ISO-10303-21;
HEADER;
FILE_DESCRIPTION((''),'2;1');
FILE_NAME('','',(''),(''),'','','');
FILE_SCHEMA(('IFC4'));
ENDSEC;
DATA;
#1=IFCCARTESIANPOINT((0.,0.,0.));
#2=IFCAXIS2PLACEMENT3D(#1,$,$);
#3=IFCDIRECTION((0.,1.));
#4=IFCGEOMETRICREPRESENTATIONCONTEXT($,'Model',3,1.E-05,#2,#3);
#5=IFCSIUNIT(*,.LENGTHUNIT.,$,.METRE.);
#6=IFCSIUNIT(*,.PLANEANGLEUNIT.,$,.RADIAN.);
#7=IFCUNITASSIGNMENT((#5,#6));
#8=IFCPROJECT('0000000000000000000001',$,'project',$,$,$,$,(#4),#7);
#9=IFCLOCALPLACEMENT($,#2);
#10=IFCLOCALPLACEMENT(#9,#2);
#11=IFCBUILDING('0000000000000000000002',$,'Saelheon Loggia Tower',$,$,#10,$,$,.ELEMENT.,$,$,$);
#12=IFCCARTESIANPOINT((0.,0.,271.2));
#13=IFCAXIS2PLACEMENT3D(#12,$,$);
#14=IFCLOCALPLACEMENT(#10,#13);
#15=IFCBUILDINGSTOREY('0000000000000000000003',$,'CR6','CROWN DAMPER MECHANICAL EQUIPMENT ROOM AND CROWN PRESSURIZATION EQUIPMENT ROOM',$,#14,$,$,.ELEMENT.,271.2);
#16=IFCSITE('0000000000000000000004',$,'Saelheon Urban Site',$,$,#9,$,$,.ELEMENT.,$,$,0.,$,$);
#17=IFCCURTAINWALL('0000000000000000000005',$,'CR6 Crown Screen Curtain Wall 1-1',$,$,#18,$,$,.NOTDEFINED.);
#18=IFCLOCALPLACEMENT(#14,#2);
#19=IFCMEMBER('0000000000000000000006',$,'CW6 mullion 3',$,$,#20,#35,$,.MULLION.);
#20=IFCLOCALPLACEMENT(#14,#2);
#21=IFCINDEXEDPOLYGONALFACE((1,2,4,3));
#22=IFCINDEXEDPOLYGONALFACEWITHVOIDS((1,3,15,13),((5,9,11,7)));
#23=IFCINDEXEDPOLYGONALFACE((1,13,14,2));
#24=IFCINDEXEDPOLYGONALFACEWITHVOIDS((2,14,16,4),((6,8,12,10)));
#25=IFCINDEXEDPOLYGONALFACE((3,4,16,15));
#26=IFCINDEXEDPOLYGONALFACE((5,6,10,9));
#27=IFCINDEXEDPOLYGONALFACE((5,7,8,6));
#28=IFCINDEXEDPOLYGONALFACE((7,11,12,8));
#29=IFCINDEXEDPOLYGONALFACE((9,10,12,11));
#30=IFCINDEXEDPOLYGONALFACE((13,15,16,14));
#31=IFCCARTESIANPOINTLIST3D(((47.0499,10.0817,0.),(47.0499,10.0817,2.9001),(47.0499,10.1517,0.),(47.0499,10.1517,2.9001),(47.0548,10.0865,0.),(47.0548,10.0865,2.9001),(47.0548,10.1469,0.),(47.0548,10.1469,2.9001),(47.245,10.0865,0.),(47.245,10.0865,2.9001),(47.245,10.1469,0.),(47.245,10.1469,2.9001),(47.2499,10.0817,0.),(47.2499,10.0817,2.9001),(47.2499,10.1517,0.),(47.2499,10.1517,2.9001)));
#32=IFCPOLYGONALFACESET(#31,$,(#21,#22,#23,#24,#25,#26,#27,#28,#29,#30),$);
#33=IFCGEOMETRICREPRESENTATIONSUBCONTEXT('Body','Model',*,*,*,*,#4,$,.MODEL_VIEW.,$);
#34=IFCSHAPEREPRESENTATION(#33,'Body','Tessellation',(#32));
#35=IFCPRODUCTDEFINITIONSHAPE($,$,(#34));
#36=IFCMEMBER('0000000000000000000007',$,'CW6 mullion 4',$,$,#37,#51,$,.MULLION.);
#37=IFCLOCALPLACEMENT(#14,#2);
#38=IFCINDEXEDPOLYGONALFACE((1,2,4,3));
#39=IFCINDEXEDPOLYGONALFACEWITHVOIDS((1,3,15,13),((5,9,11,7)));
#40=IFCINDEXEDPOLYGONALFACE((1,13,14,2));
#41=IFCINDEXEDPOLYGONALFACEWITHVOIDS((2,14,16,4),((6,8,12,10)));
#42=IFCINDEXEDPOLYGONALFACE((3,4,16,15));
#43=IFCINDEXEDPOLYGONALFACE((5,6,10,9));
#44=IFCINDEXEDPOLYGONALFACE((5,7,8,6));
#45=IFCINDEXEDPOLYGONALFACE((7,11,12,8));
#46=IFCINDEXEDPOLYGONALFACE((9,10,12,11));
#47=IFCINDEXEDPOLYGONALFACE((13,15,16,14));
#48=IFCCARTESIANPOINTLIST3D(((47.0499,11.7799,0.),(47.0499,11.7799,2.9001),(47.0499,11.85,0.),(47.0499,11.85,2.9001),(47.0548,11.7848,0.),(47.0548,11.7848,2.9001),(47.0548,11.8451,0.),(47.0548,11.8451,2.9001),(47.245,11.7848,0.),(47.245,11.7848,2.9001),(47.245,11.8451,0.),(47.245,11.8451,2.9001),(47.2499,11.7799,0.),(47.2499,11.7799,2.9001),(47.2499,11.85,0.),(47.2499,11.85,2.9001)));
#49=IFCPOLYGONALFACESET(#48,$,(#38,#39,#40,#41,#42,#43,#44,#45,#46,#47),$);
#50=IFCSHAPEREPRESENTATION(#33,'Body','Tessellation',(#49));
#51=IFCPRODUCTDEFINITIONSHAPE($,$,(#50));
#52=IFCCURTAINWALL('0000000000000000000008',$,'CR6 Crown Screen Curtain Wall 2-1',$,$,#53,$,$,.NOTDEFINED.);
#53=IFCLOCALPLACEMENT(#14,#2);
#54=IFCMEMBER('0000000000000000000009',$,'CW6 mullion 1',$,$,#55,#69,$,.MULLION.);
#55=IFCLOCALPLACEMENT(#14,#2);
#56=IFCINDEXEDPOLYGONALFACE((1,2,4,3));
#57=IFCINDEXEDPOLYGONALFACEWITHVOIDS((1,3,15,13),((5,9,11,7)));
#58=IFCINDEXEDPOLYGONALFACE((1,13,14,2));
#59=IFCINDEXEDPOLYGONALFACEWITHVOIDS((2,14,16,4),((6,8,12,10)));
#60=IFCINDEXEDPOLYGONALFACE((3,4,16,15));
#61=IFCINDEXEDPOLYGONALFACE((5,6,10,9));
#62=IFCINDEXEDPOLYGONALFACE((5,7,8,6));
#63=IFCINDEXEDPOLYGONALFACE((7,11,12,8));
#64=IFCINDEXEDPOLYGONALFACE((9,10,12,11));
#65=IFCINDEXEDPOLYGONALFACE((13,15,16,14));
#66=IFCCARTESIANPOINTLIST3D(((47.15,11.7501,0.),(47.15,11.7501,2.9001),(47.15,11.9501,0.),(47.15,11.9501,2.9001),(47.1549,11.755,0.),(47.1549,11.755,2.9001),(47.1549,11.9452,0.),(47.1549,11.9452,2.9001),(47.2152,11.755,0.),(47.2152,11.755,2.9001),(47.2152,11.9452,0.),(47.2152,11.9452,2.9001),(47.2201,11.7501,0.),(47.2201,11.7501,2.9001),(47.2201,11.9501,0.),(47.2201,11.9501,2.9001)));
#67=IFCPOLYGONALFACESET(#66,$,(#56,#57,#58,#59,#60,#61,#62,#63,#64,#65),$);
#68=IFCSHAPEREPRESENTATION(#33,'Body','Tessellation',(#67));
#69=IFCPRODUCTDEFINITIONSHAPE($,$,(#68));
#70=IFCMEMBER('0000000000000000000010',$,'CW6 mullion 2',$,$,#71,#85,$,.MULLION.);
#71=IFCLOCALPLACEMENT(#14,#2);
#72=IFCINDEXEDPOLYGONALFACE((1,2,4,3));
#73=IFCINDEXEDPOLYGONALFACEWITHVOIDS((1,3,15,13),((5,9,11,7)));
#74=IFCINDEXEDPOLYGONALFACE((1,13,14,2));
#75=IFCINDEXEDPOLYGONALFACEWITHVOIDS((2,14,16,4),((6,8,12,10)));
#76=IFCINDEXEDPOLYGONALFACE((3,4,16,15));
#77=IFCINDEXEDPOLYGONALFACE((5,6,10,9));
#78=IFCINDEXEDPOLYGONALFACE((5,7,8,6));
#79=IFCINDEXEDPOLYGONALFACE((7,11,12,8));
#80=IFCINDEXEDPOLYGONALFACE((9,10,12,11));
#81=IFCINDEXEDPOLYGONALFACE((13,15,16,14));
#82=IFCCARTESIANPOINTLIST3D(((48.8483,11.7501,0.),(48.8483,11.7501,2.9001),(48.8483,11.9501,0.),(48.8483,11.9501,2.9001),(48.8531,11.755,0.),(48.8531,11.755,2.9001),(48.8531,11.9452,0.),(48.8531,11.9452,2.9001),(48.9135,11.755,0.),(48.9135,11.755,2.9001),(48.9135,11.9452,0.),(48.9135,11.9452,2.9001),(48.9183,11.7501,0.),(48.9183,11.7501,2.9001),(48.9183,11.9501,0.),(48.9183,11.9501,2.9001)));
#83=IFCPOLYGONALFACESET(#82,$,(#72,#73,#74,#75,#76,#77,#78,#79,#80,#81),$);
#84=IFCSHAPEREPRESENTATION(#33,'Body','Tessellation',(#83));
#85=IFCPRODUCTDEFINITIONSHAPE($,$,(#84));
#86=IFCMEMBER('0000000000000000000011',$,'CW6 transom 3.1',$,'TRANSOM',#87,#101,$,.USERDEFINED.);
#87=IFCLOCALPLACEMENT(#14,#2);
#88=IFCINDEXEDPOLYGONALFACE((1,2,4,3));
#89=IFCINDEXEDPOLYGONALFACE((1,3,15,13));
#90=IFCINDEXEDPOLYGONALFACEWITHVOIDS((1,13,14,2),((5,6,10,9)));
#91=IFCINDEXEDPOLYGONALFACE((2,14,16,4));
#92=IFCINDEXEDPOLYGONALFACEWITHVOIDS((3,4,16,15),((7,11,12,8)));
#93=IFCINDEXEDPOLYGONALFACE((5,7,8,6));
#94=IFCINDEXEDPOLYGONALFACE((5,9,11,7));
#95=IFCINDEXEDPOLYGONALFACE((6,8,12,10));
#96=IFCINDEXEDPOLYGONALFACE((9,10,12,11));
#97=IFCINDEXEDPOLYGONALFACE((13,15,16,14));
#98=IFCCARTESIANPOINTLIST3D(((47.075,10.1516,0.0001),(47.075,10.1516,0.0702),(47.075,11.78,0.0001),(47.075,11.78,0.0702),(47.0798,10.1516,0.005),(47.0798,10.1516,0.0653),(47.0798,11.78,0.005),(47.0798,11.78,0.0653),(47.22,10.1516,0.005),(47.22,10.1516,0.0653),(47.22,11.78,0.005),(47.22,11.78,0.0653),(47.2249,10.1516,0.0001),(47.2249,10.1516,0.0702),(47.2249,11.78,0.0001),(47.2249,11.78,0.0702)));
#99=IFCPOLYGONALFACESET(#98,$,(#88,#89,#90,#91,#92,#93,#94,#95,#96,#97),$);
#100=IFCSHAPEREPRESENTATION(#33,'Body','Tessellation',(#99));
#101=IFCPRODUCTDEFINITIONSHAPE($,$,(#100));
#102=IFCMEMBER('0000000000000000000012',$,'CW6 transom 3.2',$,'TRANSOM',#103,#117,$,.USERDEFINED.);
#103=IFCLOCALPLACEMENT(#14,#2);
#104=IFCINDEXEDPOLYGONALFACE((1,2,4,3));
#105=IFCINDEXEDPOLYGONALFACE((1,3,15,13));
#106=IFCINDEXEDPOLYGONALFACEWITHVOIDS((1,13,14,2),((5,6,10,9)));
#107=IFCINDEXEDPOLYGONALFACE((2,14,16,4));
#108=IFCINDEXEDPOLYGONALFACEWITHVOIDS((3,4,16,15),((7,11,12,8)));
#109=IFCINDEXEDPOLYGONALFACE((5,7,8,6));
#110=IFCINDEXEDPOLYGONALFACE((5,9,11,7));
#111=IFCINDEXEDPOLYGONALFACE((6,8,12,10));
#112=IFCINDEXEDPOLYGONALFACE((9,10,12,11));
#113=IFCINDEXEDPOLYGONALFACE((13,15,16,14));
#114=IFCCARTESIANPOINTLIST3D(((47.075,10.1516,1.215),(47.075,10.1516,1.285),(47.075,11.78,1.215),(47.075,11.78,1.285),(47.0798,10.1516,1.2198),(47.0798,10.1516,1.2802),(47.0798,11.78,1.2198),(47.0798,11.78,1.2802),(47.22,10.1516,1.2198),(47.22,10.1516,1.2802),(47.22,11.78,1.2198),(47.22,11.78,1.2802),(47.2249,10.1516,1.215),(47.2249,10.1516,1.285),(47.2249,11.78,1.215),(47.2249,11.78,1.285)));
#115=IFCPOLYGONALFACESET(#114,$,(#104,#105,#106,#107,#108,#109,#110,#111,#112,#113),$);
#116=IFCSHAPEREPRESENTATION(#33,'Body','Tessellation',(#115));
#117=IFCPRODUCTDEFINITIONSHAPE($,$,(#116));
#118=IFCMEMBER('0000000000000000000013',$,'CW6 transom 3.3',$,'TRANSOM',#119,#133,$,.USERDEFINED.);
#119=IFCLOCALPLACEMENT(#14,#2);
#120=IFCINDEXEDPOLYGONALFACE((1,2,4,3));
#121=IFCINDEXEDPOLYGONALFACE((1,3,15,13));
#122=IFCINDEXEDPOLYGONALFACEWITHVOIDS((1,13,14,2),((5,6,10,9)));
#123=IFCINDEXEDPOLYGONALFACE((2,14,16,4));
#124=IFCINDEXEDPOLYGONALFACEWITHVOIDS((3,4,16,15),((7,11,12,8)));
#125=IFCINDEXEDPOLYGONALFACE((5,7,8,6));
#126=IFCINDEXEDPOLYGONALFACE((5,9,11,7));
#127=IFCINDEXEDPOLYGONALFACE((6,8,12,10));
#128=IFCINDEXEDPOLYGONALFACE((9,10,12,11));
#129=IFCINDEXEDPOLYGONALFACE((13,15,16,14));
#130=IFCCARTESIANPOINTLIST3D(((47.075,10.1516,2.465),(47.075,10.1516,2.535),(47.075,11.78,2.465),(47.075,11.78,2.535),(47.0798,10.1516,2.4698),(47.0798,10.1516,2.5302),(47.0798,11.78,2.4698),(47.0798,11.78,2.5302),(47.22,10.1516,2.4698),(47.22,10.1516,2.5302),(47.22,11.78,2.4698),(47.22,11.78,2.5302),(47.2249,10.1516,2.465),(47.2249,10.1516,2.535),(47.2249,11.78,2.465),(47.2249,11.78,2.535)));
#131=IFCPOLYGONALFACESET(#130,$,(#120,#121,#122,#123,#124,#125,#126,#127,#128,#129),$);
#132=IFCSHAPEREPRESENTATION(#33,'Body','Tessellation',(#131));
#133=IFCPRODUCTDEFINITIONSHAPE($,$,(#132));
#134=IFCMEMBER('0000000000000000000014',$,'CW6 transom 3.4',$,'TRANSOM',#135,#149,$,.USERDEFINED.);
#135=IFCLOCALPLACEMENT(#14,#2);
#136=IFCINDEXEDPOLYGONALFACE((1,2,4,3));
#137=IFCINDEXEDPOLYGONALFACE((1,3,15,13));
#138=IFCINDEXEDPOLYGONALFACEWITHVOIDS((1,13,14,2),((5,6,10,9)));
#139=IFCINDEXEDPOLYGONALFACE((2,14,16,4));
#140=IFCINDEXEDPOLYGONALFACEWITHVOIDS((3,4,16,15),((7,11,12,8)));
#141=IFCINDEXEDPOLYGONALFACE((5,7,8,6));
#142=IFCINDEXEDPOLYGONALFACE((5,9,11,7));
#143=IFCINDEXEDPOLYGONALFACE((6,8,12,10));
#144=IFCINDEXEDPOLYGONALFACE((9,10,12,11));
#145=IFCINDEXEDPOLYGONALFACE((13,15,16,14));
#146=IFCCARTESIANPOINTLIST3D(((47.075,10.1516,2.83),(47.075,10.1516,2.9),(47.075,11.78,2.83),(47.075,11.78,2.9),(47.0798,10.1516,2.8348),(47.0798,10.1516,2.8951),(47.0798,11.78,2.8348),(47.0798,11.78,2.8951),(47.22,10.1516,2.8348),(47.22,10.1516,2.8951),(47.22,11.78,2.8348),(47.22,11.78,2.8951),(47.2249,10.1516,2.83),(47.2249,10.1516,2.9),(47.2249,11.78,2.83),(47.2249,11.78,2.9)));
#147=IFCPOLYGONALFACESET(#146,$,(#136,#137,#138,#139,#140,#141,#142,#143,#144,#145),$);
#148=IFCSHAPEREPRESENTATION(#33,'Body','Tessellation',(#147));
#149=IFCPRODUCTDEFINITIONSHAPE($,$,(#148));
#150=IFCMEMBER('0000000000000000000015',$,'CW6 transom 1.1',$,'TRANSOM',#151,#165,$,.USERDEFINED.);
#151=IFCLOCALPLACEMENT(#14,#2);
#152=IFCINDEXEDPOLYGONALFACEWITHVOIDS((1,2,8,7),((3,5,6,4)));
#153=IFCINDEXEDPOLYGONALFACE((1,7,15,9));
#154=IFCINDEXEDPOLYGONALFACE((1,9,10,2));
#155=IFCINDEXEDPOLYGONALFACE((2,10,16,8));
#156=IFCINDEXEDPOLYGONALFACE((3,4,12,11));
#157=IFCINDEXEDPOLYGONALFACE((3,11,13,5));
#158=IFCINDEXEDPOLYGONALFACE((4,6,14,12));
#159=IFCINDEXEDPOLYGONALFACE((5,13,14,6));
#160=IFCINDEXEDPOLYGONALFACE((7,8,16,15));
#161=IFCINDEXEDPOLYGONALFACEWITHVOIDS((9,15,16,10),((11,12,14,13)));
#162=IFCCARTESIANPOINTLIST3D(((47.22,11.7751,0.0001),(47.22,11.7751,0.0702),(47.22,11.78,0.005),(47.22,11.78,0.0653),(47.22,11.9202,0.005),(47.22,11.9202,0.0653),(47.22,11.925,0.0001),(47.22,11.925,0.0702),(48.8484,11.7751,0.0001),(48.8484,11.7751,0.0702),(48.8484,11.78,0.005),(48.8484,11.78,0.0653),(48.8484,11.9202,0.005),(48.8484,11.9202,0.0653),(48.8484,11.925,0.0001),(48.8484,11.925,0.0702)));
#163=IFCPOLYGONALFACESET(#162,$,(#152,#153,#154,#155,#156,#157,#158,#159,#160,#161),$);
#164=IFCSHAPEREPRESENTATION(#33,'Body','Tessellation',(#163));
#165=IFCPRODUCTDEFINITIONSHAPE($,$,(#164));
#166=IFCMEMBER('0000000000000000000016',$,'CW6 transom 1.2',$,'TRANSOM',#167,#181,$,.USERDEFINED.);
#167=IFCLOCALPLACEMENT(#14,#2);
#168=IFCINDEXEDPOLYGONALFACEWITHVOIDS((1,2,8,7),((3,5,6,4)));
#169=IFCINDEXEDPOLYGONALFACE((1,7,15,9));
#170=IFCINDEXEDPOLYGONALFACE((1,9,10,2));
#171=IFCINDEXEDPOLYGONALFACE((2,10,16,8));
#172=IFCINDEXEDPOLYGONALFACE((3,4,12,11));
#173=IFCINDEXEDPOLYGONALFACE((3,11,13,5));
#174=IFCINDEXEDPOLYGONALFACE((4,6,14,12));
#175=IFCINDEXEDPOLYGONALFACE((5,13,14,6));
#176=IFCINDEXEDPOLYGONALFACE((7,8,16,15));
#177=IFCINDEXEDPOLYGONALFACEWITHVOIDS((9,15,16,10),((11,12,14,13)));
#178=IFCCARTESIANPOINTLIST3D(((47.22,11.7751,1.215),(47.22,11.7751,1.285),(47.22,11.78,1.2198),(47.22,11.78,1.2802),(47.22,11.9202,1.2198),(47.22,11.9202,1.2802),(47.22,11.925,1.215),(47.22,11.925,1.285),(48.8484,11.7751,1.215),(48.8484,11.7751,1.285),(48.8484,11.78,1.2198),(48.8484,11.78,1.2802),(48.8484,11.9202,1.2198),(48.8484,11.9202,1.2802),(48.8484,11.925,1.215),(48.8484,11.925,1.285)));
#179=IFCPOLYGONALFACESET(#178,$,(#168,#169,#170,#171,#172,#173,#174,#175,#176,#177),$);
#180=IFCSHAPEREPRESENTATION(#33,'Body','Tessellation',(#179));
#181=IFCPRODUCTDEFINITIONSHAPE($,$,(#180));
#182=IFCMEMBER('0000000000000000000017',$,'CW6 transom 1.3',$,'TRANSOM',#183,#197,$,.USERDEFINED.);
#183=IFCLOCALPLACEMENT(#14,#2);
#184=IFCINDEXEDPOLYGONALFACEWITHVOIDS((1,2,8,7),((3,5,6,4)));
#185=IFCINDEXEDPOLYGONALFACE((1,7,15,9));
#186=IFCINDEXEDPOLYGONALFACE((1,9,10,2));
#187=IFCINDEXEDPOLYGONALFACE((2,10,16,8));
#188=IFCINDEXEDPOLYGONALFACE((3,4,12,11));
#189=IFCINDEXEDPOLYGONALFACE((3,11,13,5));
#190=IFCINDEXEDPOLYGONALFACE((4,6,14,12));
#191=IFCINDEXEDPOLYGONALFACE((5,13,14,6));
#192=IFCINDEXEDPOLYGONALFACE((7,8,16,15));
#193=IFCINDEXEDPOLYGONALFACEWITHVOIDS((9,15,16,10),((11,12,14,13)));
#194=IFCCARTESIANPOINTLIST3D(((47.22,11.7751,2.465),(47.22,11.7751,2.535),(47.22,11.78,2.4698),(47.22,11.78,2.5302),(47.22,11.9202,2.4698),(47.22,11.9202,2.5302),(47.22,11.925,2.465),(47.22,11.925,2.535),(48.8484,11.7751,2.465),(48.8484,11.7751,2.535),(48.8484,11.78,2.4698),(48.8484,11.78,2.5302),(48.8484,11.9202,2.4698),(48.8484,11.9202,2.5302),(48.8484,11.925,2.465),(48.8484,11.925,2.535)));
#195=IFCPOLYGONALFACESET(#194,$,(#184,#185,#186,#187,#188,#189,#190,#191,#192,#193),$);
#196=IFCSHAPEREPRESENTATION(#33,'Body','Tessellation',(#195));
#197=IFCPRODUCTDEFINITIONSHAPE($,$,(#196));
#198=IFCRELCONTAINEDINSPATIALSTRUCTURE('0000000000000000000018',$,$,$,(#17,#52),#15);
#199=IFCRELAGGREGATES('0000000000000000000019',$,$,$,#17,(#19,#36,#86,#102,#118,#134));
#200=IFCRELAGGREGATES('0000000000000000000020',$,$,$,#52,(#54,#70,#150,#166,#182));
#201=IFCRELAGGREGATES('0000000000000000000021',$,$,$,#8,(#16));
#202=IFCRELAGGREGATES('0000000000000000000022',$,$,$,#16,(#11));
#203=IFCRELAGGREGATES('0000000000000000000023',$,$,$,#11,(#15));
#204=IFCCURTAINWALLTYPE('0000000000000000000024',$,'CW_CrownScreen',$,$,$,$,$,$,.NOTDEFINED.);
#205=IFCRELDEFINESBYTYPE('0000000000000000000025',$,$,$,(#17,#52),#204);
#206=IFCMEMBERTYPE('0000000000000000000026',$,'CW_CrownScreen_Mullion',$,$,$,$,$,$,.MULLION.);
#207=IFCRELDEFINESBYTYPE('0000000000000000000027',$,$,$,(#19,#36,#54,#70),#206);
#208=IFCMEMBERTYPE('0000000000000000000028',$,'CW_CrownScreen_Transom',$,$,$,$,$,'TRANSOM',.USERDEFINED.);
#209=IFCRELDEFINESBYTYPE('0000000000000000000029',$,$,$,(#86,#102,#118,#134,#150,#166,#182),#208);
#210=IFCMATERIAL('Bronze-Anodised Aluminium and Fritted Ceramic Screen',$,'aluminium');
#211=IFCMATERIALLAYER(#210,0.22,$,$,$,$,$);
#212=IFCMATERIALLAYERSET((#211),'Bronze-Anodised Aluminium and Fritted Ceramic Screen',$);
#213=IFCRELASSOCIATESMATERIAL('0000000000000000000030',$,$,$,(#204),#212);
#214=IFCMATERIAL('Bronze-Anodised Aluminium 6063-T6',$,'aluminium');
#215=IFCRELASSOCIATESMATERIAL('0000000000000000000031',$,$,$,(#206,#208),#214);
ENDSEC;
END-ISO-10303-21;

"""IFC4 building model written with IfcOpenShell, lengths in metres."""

from ifc_helpers import new_model, si_unit, direction, frame, origin, origin_2d, place, context, subcontext, project, spatial, hollow_rectangle, extrude, source, transform, mapped, material, layer, layer_set, material_profile, profile_set, type_object, element, aggregate, save


model = new_model("IFC4")

# Units and contexts
model_context = context("Model", 3, precision=1e-05, world=origin(), true_north=direction((0.0, 1.0)))
body_context = subcontext(model_context, "Body", "Model", "MODEL_VIEW")
ifc_project = project(units=[si_unit("LENGTHUNIT", "METRE"), si_unit("PLANEANGLEUNIT", "RADIAN")], contexts=[model_context])

# Site, building, storey
site_placement = place(None, origin())
site = spatial("IfcSite", under=ifc_project, at=site_placement, Name="Saelheon Urban Site", CompositionType="ELEMENT", RefElevation=0.0)
building_placement = place(site_placement, origin())
building = spatial("IfcBuilding", under=site, at=building_placement, Name="Saelheon Loggia Tower", CompositionType="ELEMENT")
storey_placement = place(building_placement, frame((0.0, 0.0, 271.2)))
storey = spatial("IfcBuildingStorey", under=building, at=storey_placement, Name="CR6", Description="CROWN DAMPER MECHANICAL EQUIPMENT ROOM AND CROWN PRESSURIZATION EQUIPMENT ROOM", CompositionType="ELEMENT", Elevation=271.2)

# Curtain walls, members
ifc_material_1 = material(Name="Bronze-Anodised Aluminium and Fritted Ceramic Screen", Category="aluminium")
ifc_layer_1 = layer(ifc_material_1, 0.22)
ifc_layer_set_1 = layer_set([ifc_layer_1], Name="Bronze-Anodised Aluminium and Fritted Ceramic Screen")
curtain_wall_type = type_object("IfcCurtainWallType", Name="CW_CrownScreen", PredefinedType="NOTDEFINED", material=ifc_layer_set_1)
curtain_wall_1_placement = place(storey_placement, origin())
curtain_wall_1 = element("IfcCurtainWall", 1, at=curtain_wall_1_placement, inside=storey, type_object=curtain_wall_type, Name="CR6 Crown Screen Curtain Wall 1-1", PredefinedType="NOTDEFINED")
ifc_material_2 = material(Name="Bronze-Anodised Aluminium 6063-T6", Category="aluminium")
ifc_material_profile_1 = material_profile(ifc_material_2, hollow_rectangle(XDim=0.0701, YDim=0.2, WallThickness=0.0049, at=origin_2d()), Name="RHS-200x70x5")
ifc_profile_set_1 = profile_set([ifc_material_profile_1], Name="Bronze-Anodised Aluminium 6063-T6")
member_type_1 = type_object("IfcMemberType", Name="CW_CrownScreen_Mullion", PredefinedType="MULLION", material=ifc_profile_set_1)
shared_shape_1 = source(origin(), body_context, "Body", "SweptSolid", [
    extrude(hollow_rectangle(XDim=0.0701, YDim=0.2, WallThickness=0.0049, at=origin_2d()), origin(), (0.0, 0.0, 1.0), 2.9001),
])
member_1_placement = place(storey_placement, frame((47.1499, 10.1167, 0.0), z_axis=(0.0, 0.0, 1.0), x_axis=(0.0, 1.0, 0.0)))
member_1 = element("IfcMember", 2, at=member_1_placement, type_object=member_type_1, Name="CW6 mullion 3", PredefinedType="MULLION", context=body_context, shape_type="MappedRepresentation", body=[
    mapped(shared_shape_1, transform((0.0, 0.0, 0.0), scale=1.0)),
])
member_2_placement = place(storey_placement, frame((47.1499, 11.8149, 0.0), z_axis=(0.0, 0.0, 1.0), x_axis=(0.0, 1.0, 0.0)))
member_2 = element("IfcMember", 3, at=member_2_placement, type_object=member_type_1, Name="CW6 mullion 4", PredefinedType="MULLION", context=body_context, shape_type="MappedRepresentation", body=[
    mapped(shared_shape_1, transform((0.0, 0.0, 0.0), scale=1.0)),
])
curtain_wall_2_placement = place(storey_placement, origin())
curtain_wall_2 = element("IfcCurtainWall", 4, at=curtain_wall_2_placement, inside=storey, type_object=curtain_wall_type, Name="CR6 Crown Screen Curtain Wall 2-1", PredefinedType="NOTDEFINED")
member_3_placement = place(storey_placement, frame((47.1851, 11.8501, 0.0), z_axis=(0.0, 0.0, 1.0), x_axis=(1.0, 0.0, 0.0)))
member_3 = element("IfcMember", 5, at=member_3_placement, type_object=member_type_1, Name="CW6 mullion 1", PredefinedType="MULLION", context=body_context, shape_type="MappedRepresentation", body=[
    mapped(shared_shape_1, transform((0.0, 0.0, 0.0), scale=1.0)),
])
member_4_placement = place(storey_placement, frame((48.8833, 11.8501, 0.0), z_axis=(0.0, 0.0, 1.0), x_axis=(1.0, 0.0, 0.0)))
member_4 = element("IfcMember", 6, at=member_4_placement, type_object=member_type_1, Name="CW6 mullion 2", PredefinedType="MULLION", context=body_context, shape_type="MappedRepresentation", body=[
    mapped(shared_shape_1, transform((0.0, 0.0, 0.0), scale=1.0)),
])

# Members
ifc_material_profile_2 = material_profile(ifc_material_2, hollow_rectangle(XDim=0.0701, YDim=0.1499, WallThickness=0.0049, at=origin_2d()), Name="RHS-150x70x5")
ifc_profile_set_2 = profile_set([ifc_material_profile_2], Name="Bronze-Anodised Aluminium 6063-T6")
member_type_2 = type_object("IfcMemberType", Name="CW_CrownScreen_Transom", ElementType="TRANSOM", PredefinedType="USERDEFINED", material=ifc_profile_set_2)
shared_shape_2 = source(origin(), body_context, "Body", "SweptSolid", [
    extrude(hollow_rectangle(XDim=0.0701, YDim=0.1499, WallThickness=0.0049, at=origin_2d()), origin(), (0.0, 0.0, 1.0), 1.6284),
])
member_5_placement = place(storey_placement, frame((47.1499, 10.1516, 0.0352), z_axis=(0.0, 1.0, 0.0), x_axis=(0.0, 0.0, 1.0)))
member_5 = element("IfcMember", 7, at=member_5_placement, type_object=member_type_2, Name="CW6 transom 3.1", ObjectType="TRANSOM", PredefinedType="USERDEFINED", context=body_context, shape_type="MappedRepresentation", body=[
    mapped(shared_shape_2, transform((0.0, 0.0, 0.0), scale=1.0)),
])
member_6_placement = place(storey_placement, frame((47.1499, 10.1516, 1.25), z_axis=(0.0, 1.0, 0.0), x_axis=(0.0, 0.0, 1.0)))
member_6 = element("IfcMember", 8, at=member_6_placement, type_object=member_type_2, Name="CW6 transom 3.2", ObjectType="TRANSOM", PredefinedType="USERDEFINED", context=body_context, shape_type="MappedRepresentation", body=[
    mapped(shared_shape_2, transform((0.0, 0.0, 0.0), scale=1.0)),
])
member_7_placement = place(storey_placement, frame((47.1499, 10.1516, 2.5), z_axis=(0.0, 1.0, 0.0), x_axis=(0.0, 0.0, 1.0)))
member_7 = element("IfcMember", 9, at=member_7_placement, type_object=member_type_2, Name="CW6 transom 3.3", ObjectType="TRANSOM", PredefinedType="USERDEFINED", context=body_context, shape_type="MappedRepresentation", body=[
    mapped(shared_shape_2, transform((0.0, 0.0, 0.0), scale=1.0)),
])
member_8_placement = place(storey_placement, frame((47.1499, 10.1516, 2.865), z_axis=(0.0, 1.0, 0.0), x_axis=(0.0, 0.0, 1.0)))
member_8 = element("IfcMember", 10, at=member_8_placement, type_object=member_type_2, Name="CW6 transom 3.4", ObjectType="TRANSOM", PredefinedType="USERDEFINED", context=body_context, shape_type="MappedRepresentation", body=[
    mapped(shared_shape_2, transform((0.0, 0.0, 0.0), scale=1.0)),
])
member_9_placement = place(storey_placement, frame((47.22, 11.8501, 0.0352), z_axis=(1.0, 0.0, 0.0), x_axis=(0.0, 0.0, 1.0)))
member_9 = element("IfcMember", 11, at=member_9_placement, type_object=member_type_2, Name="CW6 transom 1.1", ObjectType="TRANSOM", PredefinedType="USERDEFINED", context=body_context, shape_type="MappedRepresentation", body=[
    mapped(shared_shape_2, transform((0.0, 0.0, 0.0), scale=1.0)),
])
member_10_placement = place(storey_placement, frame((47.22, 11.8501, 1.25), z_axis=(1.0, 0.0, 0.0), x_axis=(0.0, 0.0, 1.0)))
member_10 = element("IfcMember", 12, at=member_10_placement, type_object=member_type_2, Name="CW6 transom 1.2", ObjectType="TRANSOM", PredefinedType="USERDEFINED", context=body_context, shape_type="MappedRepresentation", body=[
    mapped(shared_shape_2, transform((0.0, 0.0, 0.0), scale=1.0)),
])
member_11_placement = place(storey_placement, frame((47.22, 11.8501, 2.5), z_axis=(1.0, 0.0, 0.0), x_axis=(0.0, 0.0, 1.0)))
member_11 = element("IfcMember", 13, at=member_11_placement, type_object=member_type_2, Name="CW6 transom 1.3", ObjectType="TRANSOM", PredefinedType="USERDEFINED", context=body_context, shape_type="MappedRepresentation", body=[
    mapped(shared_shape_2, transform((0.0, 0.0, 0.0), scale=1.0)),
])

aggregate(curtain_wall_1, [member_1, member_2, member_5, member_6, member_7, member_8])
aggregate(curtain_wall_2, [member_3, member_4, member_9, member_10, member_11])

save(model, "model.ifc")
